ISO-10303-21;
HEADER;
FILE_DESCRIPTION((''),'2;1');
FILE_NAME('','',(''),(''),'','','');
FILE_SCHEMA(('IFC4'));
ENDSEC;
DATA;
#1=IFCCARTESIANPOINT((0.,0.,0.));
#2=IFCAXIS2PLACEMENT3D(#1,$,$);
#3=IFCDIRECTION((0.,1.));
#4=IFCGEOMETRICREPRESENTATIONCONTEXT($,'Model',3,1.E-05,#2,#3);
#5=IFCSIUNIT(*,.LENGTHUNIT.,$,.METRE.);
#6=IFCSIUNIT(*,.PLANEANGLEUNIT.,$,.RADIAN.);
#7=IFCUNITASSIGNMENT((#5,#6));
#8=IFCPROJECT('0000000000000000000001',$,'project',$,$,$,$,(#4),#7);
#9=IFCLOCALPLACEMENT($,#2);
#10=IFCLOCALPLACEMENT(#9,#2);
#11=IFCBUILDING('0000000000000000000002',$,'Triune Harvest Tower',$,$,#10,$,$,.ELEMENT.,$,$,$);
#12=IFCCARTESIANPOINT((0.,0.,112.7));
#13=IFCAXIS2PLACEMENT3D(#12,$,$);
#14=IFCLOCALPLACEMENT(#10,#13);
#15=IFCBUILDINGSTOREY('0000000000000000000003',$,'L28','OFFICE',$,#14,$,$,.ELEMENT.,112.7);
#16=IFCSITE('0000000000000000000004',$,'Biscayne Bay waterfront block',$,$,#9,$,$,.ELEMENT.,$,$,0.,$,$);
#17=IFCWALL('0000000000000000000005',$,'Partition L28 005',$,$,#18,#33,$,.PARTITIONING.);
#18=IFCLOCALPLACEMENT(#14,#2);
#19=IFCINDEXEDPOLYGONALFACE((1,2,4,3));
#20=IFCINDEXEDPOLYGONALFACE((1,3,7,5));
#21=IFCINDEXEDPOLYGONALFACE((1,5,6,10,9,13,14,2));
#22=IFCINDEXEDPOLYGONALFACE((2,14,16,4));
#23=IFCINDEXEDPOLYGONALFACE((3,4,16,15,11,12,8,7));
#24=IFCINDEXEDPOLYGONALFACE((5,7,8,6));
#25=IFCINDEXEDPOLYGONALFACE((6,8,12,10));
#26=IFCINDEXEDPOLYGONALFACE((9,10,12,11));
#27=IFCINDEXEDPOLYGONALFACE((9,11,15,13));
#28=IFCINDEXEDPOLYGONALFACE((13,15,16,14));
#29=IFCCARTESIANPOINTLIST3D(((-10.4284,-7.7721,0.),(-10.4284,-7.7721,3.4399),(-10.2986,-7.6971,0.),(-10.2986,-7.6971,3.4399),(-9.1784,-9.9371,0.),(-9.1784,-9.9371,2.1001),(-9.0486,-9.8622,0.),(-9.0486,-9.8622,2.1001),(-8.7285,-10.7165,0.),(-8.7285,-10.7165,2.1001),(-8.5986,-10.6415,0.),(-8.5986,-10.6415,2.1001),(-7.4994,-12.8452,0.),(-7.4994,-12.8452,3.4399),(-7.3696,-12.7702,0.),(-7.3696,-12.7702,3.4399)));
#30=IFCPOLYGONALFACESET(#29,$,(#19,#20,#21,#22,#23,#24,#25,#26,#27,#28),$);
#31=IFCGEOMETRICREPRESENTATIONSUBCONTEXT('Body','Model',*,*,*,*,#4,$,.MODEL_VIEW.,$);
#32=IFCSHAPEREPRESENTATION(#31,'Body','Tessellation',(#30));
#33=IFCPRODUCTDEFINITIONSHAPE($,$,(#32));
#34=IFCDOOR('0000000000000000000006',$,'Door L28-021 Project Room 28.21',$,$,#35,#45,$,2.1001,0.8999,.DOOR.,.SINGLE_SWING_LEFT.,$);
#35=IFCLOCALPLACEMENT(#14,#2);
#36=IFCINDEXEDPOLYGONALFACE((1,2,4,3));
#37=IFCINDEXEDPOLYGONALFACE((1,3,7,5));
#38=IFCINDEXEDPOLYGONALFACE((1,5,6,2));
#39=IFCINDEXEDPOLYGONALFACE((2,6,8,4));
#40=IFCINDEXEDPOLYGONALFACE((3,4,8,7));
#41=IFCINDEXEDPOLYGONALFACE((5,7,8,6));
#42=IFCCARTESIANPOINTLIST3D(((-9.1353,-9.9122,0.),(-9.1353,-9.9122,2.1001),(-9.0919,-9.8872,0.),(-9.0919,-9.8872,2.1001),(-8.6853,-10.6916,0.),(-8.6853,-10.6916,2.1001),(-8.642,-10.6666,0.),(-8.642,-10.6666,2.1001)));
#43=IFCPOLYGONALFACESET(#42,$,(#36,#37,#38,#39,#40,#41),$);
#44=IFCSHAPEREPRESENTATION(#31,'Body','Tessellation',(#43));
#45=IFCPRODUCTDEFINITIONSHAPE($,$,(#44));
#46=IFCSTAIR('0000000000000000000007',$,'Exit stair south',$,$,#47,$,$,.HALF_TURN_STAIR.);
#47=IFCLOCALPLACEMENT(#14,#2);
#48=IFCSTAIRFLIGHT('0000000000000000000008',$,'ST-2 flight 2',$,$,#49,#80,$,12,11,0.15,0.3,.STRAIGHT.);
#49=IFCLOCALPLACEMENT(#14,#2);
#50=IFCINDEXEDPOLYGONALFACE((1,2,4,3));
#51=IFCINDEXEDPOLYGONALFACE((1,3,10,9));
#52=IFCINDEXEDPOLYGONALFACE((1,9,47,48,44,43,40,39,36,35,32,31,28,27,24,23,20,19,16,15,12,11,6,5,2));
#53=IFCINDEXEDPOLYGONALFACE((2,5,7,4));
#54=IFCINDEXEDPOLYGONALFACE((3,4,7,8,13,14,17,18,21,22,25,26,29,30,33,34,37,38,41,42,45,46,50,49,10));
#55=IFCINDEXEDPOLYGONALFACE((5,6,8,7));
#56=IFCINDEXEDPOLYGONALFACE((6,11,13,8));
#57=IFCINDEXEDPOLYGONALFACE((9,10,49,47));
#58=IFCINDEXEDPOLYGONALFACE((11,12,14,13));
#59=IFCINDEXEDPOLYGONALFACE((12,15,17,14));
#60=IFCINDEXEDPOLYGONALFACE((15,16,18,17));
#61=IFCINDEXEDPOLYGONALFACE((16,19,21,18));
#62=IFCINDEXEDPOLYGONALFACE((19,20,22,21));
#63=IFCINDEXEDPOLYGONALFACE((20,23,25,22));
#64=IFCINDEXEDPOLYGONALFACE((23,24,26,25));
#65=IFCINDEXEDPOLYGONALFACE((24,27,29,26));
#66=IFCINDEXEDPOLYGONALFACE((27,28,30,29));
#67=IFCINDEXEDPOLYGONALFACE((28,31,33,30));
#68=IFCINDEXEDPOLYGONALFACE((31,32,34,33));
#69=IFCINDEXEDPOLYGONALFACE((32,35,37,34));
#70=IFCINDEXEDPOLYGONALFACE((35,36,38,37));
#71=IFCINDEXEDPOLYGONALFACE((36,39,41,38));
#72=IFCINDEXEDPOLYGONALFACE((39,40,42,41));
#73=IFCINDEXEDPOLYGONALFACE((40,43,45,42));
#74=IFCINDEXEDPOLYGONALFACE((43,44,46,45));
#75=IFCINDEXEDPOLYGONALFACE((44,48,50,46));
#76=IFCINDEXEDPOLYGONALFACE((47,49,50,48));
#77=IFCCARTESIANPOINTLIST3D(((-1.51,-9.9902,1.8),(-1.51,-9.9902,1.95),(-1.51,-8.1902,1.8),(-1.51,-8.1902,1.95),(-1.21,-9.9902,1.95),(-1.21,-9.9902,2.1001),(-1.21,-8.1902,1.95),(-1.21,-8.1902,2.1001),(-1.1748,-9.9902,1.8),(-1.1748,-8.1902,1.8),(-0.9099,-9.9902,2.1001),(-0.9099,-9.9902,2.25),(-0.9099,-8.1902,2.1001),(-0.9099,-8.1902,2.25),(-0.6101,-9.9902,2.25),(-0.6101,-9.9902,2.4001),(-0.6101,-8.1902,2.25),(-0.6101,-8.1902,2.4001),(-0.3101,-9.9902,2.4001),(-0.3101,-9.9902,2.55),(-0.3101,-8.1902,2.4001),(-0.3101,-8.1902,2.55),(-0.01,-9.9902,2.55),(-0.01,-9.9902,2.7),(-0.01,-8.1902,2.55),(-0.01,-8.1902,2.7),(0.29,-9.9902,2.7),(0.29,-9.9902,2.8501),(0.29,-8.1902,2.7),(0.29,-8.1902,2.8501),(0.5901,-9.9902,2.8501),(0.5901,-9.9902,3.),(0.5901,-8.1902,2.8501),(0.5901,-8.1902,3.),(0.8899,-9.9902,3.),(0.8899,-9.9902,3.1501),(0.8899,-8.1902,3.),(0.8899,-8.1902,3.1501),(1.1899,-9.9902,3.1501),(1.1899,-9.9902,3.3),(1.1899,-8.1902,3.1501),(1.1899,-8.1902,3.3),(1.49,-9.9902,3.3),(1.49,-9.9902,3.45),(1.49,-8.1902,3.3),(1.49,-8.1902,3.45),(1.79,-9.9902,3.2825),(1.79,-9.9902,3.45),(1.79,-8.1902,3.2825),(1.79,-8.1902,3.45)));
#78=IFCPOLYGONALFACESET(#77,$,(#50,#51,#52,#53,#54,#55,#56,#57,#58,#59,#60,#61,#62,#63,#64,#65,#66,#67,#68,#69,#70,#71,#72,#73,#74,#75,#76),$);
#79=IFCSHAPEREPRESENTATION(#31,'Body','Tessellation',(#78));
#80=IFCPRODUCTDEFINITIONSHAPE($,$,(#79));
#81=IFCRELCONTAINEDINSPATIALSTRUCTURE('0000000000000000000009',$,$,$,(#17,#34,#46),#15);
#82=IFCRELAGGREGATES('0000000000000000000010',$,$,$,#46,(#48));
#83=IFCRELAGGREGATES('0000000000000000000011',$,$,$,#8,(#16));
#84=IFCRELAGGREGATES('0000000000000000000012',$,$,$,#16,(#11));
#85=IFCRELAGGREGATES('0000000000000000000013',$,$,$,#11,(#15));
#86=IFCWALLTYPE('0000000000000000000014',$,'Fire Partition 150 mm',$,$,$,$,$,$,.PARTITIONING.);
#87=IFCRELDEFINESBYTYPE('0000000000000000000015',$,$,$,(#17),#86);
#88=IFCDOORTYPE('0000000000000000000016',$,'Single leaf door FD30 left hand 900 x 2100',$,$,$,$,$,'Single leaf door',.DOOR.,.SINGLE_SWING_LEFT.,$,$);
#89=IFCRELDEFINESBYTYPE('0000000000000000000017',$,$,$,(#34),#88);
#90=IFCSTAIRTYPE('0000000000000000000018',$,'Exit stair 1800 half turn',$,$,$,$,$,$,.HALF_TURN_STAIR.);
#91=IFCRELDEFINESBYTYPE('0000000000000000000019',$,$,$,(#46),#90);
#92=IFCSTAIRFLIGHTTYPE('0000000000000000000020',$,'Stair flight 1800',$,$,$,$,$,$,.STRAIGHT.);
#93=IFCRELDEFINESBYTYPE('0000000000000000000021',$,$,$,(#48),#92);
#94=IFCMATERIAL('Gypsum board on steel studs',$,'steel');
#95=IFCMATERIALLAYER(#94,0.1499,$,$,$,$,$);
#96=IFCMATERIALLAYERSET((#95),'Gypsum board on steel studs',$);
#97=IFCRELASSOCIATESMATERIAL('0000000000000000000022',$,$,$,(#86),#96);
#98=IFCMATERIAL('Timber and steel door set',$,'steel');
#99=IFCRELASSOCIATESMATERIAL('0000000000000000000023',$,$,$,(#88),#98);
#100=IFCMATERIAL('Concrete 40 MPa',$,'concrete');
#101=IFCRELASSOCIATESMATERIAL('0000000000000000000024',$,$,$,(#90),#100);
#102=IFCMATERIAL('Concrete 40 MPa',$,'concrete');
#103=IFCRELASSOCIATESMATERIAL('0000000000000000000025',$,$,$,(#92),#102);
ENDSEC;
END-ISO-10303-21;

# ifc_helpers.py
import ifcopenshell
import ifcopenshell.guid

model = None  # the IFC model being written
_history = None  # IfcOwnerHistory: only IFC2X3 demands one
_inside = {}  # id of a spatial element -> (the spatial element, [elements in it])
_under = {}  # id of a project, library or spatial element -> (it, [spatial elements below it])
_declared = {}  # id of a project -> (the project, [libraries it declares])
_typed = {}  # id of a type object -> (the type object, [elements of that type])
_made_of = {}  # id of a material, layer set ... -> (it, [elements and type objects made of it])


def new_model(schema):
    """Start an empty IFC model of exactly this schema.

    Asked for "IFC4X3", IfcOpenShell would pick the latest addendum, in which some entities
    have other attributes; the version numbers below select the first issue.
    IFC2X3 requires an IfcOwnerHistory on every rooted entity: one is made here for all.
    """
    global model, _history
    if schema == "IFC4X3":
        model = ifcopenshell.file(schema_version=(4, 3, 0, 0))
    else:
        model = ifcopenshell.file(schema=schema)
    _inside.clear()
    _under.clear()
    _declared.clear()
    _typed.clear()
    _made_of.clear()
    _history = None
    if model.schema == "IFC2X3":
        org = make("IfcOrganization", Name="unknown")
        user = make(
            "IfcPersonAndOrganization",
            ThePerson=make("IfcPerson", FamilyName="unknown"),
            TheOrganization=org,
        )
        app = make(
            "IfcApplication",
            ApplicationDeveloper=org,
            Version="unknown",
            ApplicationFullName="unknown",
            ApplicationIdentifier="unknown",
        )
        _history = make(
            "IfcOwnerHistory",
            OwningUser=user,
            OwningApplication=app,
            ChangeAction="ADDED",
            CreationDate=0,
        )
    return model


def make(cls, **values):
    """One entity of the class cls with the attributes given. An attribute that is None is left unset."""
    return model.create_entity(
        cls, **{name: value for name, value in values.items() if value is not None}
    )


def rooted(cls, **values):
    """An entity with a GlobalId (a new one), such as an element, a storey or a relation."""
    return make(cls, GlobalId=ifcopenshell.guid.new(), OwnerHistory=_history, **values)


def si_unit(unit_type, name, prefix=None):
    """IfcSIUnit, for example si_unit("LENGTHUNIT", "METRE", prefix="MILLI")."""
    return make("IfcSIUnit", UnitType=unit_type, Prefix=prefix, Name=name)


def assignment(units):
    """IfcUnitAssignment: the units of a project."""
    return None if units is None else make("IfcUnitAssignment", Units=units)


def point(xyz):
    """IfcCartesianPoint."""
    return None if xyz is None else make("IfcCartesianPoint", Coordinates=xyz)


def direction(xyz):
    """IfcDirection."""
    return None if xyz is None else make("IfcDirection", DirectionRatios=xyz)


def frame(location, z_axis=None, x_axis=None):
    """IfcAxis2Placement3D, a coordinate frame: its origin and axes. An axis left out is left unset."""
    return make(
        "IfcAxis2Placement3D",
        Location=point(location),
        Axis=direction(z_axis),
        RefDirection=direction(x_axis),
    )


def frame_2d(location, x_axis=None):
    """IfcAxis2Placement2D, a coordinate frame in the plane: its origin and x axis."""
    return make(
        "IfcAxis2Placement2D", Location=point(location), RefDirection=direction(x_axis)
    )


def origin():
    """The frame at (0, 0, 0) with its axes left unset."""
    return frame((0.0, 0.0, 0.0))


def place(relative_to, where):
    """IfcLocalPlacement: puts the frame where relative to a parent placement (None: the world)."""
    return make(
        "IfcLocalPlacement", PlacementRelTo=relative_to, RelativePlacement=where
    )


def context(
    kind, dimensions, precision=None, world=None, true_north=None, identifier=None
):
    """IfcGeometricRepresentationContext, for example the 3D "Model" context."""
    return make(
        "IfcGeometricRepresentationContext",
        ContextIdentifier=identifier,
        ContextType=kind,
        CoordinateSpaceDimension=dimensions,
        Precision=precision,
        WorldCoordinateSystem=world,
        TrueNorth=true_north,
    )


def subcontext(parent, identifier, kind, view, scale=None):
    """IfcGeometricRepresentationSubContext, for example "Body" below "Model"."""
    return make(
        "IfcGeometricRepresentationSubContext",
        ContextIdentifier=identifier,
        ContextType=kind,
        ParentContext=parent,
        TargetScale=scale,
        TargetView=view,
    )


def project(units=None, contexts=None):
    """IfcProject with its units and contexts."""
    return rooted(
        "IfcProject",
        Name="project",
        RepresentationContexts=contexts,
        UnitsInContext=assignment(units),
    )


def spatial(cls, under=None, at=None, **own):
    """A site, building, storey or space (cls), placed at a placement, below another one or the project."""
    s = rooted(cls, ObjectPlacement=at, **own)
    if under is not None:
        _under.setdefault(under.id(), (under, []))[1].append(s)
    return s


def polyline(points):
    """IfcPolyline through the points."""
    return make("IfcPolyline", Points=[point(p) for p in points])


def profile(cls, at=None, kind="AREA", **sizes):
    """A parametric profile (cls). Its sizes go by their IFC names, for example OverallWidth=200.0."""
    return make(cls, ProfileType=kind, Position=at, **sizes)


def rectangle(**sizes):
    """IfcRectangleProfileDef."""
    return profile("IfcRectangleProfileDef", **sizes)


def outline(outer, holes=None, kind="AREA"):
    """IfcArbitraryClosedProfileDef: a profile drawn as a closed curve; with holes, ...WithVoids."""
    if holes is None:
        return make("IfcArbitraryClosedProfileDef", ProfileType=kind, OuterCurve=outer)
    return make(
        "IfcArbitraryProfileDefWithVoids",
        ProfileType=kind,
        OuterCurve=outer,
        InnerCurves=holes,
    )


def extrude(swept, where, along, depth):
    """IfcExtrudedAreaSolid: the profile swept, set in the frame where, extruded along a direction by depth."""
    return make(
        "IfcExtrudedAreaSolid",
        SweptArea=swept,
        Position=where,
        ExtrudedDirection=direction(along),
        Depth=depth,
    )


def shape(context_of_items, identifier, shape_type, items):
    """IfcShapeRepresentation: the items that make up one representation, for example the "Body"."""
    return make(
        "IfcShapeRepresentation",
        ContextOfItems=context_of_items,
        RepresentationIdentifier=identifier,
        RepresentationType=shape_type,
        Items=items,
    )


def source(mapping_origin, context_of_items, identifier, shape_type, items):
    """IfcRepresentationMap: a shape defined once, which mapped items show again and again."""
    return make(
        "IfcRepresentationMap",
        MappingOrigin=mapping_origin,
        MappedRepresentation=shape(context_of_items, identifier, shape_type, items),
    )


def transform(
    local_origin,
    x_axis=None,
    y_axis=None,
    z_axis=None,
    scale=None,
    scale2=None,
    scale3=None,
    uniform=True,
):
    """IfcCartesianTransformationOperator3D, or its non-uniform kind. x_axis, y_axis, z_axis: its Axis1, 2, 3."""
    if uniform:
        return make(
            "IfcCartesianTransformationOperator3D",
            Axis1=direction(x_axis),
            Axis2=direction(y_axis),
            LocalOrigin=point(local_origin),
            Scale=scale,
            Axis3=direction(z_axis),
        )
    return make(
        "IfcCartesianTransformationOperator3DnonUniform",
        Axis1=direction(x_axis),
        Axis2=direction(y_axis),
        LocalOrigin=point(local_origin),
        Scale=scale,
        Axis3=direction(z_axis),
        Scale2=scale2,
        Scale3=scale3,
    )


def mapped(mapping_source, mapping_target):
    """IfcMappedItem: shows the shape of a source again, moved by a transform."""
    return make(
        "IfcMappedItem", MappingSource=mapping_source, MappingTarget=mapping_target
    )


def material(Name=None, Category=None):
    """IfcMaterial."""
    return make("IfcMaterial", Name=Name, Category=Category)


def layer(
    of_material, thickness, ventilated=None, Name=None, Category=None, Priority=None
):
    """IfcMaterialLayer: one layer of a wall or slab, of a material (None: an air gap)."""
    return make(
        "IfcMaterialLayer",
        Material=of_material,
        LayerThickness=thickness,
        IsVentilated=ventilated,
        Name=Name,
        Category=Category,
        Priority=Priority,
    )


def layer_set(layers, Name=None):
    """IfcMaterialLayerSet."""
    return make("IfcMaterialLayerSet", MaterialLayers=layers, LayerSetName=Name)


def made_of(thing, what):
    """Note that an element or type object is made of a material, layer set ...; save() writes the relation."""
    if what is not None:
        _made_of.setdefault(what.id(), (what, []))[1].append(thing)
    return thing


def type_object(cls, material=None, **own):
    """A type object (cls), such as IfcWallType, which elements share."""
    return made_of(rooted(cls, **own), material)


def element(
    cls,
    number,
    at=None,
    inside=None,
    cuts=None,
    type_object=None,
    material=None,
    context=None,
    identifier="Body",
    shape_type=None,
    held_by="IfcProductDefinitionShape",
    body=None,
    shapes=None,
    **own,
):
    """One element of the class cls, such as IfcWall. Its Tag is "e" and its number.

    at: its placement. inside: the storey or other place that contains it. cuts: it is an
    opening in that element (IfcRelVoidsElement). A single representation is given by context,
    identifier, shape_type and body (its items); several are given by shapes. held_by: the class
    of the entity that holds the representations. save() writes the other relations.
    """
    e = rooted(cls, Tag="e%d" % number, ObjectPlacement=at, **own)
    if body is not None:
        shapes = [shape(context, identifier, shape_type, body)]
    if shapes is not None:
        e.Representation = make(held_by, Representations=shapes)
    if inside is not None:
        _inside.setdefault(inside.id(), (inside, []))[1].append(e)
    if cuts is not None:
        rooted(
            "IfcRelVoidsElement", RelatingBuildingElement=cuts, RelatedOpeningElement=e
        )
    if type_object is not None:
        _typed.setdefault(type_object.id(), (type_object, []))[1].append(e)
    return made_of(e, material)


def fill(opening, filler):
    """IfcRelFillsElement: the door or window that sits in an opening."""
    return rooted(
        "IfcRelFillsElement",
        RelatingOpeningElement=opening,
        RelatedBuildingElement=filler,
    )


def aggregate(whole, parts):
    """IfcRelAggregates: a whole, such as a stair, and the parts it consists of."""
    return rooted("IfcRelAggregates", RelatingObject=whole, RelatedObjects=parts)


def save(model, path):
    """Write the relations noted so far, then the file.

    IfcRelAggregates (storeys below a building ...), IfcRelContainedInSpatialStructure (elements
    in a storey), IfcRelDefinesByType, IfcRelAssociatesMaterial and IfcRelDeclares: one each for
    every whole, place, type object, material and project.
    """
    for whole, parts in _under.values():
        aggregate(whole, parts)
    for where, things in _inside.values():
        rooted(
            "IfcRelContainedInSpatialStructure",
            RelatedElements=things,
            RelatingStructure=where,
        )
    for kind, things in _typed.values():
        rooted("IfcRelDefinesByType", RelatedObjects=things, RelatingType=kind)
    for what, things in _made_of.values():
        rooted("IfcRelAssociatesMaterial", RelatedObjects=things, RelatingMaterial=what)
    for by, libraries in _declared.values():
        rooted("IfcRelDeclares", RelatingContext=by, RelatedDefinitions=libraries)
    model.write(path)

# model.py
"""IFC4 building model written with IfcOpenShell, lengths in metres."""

from ifc_helpers import new_model, si_unit, direction, frame, frame_2d, origin, place, context, subcontext, project, spatial, polyline, rectangle, outline, extrude, source, transform, mapped, material, layer, layer_set, type_object, element, fill, aggregate, save


model = new_model("IFC4")

# Units and contexts
model_context = context("Model", 3, precision=1e-05, world=origin(), true_north=direction((0.0, 1.0)))
body_context = subcontext(model_context, "Body", "Model", "MODEL_VIEW")
ifc_project = project(units=[si_unit("LENGTHUNIT", "METRE"), si_unit("PLANEANGLEUNIT", "RADIAN")], contexts=[model_context])

# Site, building, storey
site_placement = place(None, origin())
site = spatial("IfcSite", under=ifc_project, at=site_placement, Name="Biscayne Bay waterfront block", CompositionType="ELEMENT", RefElevation=0.0)
building_placement = place(site_placement, origin())
building = spatial("IfcBuilding", under=site, at=building_placement, Name="Triune Harvest Tower", CompositionType="ELEMENT")
storey_placement = place(building_placement, frame((0.0, 0.0, 112.7)))
storey = spatial("IfcBuildingStorey", under=building, at=storey_placement, Name="L28", Description="OFFICE", CompositionType="ELEMENT", Elevation=112.7)

# Wall, opening, door
ifc_material_1 = material(Name="Gypsum board on steel studs", Category="steel")
ifc_layer_1 = layer(ifc_material_1, 0.1499)
ifc_layer_set_1 = layer_set([ifc_layer_1], Name="Gypsum board on steel studs")
wall_type_1 = type_object("IfcWallType", Name="Fire Partition 150 mm", PredefinedType="PARTITIONING", material=ifc_layer_set_1)
shared_shape_1 = source(origin(), body_context, "Body", "SweptSolid", [
    extrude(rectangle(XDim=5.8579, YDim=0.1499, at=frame_2d((2.929, 0.0))), origin(), (0.0, 0.0, 1.0), 3.4399),
])
wall_1_placement = place(storey_placement, frame((-10.3635, -7.7346, 0.0), z_axis=(0.0, 0.0, 1.0), x_axis=(0.500007, -0.866021, 0.0)))
wall_1 = element("IfcWall", 1, at=wall_1_placement, inside=storey, type_object=wall_type_1, Name="Partition L28 005", PredefinedType="PARTITIONING", context=body_context, shape_type="MappedRepresentation", body=[
    mapped(shared_shape_1, transform((0.0, 0.0, 0.0), scale=1.0)),
])
opening_1_placement = place(wall_1_placement, frame((2.5, 0.0, 0.0)))
opening_1 = element("IfcOpeningElement", 2, at=opening_1_placement, cuts=wall_1, PredefinedType="OPENING", context=body_context, shape_type="SweptSolid", body=[
    extrude(rectangle(XDim=0.8999, YDim=2.1001, at=frame_2d((0.45, 1.05))), frame((0.0, 0.085, 0.0), z_axis=(0.0, -1.0, 0.0), x_axis=(1.0, 0.0, 0.0)), (0.0, 0.0, 1.0), 0.1699),
])
ifc_material_2 = material(Name="Timber and steel door set", Category="steel")
door_type_1 = type_object("IfcDoorType", Name="Single leaf door FD30 left hand 900 x 2100", ElementType="Single leaf door", OperationType="SINGLE_SWING_LEFT", PredefinedType="DOOR", material=ifc_material_2)
door_1_placement = place(opening_1_placement, origin())
door_1 = element("IfcDoor", 3, at=door_1_placement, inside=storey, type_object=door_type_1, Name="Door L28-021 Project Room 28.21", OperationType="SINGLE_SWING_LEFT", OverallHeight=2.1001, OverallWidth=0.8999, PredefinedType="DOOR", context=body_context, shape_type="SweptSolid", body=[
    extrude(rectangle(XDim=0.8999, YDim=2.1001, at=frame_2d((0.45, 1.05))), frame((0.0, 0.0249, 0.0), z_axis=(0.0, -1.0, 0.0), x_axis=(1.0, 0.0, 0.0)), (0.0, 0.0, 1.0), 0.05),
])
fill(opening_1, door_1)

# Stair, stair flight
ifc_material_3 = material(Name="Concrete 40 MPa", Category="concrete")
stair_type = type_object("IfcStairType", Name="Exit stair 1800 half turn", PredefinedType="HALF_TURN_STAIR", material=ifc_material_3)
stair_placement = place(storey_placement, origin())
stair = element("IfcStair", 4, at=stair_placement, inside=storey, type_object=stair_type, Name="Exit stair south", PredefinedType="HALF_TURN_STAIR")
ifc_material_4 = material(Name="Concrete 40 MPa", Category="concrete")
stair_flight_type = type_object("IfcStairFlightType", Name="Stair flight 1800", PredefinedType="STRAIGHT", material=ifc_material_4)
shared_shape_2 = source(origin(), body_context, "Body", "SweptSolid", [
    extrude(outline(polyline([(0.0, 0.0), (0.0, 0.1499), (0.3, 0.1499), (0.3, 0.3), (0.6001, 0.3), (0.6001, 0.45), (0.8999, 0.45), (0.8999, 0.6001), (1.2, 0.6001), (1.2, 0.75), (1.5, 0.75), (1.5, 0.8999), (1.8, 0.8999), (1.8, 1.05), (2.1001, 1.05), (2.1001, 1.2), (2.3999, 1.2), (2.3999, 1.3501), (2.7, 1.3501), (2.7, 1.5), (3.0, 1.5), (3.0, 1.6499), (3.3, 1.6499), (3.3, 1.8), (3.3, 1.4824), (0.3352, 0.0), (0.0, 0.0)])), frame((0.0, 0.8999, 0.0), z_axis=(0.0, -1.0, 0.0), x_axis=(1.0, 0.0, 0.0)), (0.0, 0.0, 1.0), 1.8),
])
stair_flight_placement = place(storey_placement, frame((-1.51, -9.0901, 1.8), z_axis=(0.0, 0.0, 1.0), x_axis=(1.0, 0.0, 0.0)))
stair_flight = element("IfcStairFlight", 5, at=stair_flight_placement, type_object=stair_flight_type, Name="ST-2 flight 2", NumberOfRisers=12, NumberOfTreads=11, PredefinedType="STRAIGHT", RiserHeight=0.15, TreadLength=0.3, context=body_context, shape_type="MappedRepresentation", body=[
    mapped(shared_shape_2, transform((0.0, 0.0, 0.0), scale=1.0)),
])
aggregate(stair, [stair_flight])

save(model, "model.ifc")
